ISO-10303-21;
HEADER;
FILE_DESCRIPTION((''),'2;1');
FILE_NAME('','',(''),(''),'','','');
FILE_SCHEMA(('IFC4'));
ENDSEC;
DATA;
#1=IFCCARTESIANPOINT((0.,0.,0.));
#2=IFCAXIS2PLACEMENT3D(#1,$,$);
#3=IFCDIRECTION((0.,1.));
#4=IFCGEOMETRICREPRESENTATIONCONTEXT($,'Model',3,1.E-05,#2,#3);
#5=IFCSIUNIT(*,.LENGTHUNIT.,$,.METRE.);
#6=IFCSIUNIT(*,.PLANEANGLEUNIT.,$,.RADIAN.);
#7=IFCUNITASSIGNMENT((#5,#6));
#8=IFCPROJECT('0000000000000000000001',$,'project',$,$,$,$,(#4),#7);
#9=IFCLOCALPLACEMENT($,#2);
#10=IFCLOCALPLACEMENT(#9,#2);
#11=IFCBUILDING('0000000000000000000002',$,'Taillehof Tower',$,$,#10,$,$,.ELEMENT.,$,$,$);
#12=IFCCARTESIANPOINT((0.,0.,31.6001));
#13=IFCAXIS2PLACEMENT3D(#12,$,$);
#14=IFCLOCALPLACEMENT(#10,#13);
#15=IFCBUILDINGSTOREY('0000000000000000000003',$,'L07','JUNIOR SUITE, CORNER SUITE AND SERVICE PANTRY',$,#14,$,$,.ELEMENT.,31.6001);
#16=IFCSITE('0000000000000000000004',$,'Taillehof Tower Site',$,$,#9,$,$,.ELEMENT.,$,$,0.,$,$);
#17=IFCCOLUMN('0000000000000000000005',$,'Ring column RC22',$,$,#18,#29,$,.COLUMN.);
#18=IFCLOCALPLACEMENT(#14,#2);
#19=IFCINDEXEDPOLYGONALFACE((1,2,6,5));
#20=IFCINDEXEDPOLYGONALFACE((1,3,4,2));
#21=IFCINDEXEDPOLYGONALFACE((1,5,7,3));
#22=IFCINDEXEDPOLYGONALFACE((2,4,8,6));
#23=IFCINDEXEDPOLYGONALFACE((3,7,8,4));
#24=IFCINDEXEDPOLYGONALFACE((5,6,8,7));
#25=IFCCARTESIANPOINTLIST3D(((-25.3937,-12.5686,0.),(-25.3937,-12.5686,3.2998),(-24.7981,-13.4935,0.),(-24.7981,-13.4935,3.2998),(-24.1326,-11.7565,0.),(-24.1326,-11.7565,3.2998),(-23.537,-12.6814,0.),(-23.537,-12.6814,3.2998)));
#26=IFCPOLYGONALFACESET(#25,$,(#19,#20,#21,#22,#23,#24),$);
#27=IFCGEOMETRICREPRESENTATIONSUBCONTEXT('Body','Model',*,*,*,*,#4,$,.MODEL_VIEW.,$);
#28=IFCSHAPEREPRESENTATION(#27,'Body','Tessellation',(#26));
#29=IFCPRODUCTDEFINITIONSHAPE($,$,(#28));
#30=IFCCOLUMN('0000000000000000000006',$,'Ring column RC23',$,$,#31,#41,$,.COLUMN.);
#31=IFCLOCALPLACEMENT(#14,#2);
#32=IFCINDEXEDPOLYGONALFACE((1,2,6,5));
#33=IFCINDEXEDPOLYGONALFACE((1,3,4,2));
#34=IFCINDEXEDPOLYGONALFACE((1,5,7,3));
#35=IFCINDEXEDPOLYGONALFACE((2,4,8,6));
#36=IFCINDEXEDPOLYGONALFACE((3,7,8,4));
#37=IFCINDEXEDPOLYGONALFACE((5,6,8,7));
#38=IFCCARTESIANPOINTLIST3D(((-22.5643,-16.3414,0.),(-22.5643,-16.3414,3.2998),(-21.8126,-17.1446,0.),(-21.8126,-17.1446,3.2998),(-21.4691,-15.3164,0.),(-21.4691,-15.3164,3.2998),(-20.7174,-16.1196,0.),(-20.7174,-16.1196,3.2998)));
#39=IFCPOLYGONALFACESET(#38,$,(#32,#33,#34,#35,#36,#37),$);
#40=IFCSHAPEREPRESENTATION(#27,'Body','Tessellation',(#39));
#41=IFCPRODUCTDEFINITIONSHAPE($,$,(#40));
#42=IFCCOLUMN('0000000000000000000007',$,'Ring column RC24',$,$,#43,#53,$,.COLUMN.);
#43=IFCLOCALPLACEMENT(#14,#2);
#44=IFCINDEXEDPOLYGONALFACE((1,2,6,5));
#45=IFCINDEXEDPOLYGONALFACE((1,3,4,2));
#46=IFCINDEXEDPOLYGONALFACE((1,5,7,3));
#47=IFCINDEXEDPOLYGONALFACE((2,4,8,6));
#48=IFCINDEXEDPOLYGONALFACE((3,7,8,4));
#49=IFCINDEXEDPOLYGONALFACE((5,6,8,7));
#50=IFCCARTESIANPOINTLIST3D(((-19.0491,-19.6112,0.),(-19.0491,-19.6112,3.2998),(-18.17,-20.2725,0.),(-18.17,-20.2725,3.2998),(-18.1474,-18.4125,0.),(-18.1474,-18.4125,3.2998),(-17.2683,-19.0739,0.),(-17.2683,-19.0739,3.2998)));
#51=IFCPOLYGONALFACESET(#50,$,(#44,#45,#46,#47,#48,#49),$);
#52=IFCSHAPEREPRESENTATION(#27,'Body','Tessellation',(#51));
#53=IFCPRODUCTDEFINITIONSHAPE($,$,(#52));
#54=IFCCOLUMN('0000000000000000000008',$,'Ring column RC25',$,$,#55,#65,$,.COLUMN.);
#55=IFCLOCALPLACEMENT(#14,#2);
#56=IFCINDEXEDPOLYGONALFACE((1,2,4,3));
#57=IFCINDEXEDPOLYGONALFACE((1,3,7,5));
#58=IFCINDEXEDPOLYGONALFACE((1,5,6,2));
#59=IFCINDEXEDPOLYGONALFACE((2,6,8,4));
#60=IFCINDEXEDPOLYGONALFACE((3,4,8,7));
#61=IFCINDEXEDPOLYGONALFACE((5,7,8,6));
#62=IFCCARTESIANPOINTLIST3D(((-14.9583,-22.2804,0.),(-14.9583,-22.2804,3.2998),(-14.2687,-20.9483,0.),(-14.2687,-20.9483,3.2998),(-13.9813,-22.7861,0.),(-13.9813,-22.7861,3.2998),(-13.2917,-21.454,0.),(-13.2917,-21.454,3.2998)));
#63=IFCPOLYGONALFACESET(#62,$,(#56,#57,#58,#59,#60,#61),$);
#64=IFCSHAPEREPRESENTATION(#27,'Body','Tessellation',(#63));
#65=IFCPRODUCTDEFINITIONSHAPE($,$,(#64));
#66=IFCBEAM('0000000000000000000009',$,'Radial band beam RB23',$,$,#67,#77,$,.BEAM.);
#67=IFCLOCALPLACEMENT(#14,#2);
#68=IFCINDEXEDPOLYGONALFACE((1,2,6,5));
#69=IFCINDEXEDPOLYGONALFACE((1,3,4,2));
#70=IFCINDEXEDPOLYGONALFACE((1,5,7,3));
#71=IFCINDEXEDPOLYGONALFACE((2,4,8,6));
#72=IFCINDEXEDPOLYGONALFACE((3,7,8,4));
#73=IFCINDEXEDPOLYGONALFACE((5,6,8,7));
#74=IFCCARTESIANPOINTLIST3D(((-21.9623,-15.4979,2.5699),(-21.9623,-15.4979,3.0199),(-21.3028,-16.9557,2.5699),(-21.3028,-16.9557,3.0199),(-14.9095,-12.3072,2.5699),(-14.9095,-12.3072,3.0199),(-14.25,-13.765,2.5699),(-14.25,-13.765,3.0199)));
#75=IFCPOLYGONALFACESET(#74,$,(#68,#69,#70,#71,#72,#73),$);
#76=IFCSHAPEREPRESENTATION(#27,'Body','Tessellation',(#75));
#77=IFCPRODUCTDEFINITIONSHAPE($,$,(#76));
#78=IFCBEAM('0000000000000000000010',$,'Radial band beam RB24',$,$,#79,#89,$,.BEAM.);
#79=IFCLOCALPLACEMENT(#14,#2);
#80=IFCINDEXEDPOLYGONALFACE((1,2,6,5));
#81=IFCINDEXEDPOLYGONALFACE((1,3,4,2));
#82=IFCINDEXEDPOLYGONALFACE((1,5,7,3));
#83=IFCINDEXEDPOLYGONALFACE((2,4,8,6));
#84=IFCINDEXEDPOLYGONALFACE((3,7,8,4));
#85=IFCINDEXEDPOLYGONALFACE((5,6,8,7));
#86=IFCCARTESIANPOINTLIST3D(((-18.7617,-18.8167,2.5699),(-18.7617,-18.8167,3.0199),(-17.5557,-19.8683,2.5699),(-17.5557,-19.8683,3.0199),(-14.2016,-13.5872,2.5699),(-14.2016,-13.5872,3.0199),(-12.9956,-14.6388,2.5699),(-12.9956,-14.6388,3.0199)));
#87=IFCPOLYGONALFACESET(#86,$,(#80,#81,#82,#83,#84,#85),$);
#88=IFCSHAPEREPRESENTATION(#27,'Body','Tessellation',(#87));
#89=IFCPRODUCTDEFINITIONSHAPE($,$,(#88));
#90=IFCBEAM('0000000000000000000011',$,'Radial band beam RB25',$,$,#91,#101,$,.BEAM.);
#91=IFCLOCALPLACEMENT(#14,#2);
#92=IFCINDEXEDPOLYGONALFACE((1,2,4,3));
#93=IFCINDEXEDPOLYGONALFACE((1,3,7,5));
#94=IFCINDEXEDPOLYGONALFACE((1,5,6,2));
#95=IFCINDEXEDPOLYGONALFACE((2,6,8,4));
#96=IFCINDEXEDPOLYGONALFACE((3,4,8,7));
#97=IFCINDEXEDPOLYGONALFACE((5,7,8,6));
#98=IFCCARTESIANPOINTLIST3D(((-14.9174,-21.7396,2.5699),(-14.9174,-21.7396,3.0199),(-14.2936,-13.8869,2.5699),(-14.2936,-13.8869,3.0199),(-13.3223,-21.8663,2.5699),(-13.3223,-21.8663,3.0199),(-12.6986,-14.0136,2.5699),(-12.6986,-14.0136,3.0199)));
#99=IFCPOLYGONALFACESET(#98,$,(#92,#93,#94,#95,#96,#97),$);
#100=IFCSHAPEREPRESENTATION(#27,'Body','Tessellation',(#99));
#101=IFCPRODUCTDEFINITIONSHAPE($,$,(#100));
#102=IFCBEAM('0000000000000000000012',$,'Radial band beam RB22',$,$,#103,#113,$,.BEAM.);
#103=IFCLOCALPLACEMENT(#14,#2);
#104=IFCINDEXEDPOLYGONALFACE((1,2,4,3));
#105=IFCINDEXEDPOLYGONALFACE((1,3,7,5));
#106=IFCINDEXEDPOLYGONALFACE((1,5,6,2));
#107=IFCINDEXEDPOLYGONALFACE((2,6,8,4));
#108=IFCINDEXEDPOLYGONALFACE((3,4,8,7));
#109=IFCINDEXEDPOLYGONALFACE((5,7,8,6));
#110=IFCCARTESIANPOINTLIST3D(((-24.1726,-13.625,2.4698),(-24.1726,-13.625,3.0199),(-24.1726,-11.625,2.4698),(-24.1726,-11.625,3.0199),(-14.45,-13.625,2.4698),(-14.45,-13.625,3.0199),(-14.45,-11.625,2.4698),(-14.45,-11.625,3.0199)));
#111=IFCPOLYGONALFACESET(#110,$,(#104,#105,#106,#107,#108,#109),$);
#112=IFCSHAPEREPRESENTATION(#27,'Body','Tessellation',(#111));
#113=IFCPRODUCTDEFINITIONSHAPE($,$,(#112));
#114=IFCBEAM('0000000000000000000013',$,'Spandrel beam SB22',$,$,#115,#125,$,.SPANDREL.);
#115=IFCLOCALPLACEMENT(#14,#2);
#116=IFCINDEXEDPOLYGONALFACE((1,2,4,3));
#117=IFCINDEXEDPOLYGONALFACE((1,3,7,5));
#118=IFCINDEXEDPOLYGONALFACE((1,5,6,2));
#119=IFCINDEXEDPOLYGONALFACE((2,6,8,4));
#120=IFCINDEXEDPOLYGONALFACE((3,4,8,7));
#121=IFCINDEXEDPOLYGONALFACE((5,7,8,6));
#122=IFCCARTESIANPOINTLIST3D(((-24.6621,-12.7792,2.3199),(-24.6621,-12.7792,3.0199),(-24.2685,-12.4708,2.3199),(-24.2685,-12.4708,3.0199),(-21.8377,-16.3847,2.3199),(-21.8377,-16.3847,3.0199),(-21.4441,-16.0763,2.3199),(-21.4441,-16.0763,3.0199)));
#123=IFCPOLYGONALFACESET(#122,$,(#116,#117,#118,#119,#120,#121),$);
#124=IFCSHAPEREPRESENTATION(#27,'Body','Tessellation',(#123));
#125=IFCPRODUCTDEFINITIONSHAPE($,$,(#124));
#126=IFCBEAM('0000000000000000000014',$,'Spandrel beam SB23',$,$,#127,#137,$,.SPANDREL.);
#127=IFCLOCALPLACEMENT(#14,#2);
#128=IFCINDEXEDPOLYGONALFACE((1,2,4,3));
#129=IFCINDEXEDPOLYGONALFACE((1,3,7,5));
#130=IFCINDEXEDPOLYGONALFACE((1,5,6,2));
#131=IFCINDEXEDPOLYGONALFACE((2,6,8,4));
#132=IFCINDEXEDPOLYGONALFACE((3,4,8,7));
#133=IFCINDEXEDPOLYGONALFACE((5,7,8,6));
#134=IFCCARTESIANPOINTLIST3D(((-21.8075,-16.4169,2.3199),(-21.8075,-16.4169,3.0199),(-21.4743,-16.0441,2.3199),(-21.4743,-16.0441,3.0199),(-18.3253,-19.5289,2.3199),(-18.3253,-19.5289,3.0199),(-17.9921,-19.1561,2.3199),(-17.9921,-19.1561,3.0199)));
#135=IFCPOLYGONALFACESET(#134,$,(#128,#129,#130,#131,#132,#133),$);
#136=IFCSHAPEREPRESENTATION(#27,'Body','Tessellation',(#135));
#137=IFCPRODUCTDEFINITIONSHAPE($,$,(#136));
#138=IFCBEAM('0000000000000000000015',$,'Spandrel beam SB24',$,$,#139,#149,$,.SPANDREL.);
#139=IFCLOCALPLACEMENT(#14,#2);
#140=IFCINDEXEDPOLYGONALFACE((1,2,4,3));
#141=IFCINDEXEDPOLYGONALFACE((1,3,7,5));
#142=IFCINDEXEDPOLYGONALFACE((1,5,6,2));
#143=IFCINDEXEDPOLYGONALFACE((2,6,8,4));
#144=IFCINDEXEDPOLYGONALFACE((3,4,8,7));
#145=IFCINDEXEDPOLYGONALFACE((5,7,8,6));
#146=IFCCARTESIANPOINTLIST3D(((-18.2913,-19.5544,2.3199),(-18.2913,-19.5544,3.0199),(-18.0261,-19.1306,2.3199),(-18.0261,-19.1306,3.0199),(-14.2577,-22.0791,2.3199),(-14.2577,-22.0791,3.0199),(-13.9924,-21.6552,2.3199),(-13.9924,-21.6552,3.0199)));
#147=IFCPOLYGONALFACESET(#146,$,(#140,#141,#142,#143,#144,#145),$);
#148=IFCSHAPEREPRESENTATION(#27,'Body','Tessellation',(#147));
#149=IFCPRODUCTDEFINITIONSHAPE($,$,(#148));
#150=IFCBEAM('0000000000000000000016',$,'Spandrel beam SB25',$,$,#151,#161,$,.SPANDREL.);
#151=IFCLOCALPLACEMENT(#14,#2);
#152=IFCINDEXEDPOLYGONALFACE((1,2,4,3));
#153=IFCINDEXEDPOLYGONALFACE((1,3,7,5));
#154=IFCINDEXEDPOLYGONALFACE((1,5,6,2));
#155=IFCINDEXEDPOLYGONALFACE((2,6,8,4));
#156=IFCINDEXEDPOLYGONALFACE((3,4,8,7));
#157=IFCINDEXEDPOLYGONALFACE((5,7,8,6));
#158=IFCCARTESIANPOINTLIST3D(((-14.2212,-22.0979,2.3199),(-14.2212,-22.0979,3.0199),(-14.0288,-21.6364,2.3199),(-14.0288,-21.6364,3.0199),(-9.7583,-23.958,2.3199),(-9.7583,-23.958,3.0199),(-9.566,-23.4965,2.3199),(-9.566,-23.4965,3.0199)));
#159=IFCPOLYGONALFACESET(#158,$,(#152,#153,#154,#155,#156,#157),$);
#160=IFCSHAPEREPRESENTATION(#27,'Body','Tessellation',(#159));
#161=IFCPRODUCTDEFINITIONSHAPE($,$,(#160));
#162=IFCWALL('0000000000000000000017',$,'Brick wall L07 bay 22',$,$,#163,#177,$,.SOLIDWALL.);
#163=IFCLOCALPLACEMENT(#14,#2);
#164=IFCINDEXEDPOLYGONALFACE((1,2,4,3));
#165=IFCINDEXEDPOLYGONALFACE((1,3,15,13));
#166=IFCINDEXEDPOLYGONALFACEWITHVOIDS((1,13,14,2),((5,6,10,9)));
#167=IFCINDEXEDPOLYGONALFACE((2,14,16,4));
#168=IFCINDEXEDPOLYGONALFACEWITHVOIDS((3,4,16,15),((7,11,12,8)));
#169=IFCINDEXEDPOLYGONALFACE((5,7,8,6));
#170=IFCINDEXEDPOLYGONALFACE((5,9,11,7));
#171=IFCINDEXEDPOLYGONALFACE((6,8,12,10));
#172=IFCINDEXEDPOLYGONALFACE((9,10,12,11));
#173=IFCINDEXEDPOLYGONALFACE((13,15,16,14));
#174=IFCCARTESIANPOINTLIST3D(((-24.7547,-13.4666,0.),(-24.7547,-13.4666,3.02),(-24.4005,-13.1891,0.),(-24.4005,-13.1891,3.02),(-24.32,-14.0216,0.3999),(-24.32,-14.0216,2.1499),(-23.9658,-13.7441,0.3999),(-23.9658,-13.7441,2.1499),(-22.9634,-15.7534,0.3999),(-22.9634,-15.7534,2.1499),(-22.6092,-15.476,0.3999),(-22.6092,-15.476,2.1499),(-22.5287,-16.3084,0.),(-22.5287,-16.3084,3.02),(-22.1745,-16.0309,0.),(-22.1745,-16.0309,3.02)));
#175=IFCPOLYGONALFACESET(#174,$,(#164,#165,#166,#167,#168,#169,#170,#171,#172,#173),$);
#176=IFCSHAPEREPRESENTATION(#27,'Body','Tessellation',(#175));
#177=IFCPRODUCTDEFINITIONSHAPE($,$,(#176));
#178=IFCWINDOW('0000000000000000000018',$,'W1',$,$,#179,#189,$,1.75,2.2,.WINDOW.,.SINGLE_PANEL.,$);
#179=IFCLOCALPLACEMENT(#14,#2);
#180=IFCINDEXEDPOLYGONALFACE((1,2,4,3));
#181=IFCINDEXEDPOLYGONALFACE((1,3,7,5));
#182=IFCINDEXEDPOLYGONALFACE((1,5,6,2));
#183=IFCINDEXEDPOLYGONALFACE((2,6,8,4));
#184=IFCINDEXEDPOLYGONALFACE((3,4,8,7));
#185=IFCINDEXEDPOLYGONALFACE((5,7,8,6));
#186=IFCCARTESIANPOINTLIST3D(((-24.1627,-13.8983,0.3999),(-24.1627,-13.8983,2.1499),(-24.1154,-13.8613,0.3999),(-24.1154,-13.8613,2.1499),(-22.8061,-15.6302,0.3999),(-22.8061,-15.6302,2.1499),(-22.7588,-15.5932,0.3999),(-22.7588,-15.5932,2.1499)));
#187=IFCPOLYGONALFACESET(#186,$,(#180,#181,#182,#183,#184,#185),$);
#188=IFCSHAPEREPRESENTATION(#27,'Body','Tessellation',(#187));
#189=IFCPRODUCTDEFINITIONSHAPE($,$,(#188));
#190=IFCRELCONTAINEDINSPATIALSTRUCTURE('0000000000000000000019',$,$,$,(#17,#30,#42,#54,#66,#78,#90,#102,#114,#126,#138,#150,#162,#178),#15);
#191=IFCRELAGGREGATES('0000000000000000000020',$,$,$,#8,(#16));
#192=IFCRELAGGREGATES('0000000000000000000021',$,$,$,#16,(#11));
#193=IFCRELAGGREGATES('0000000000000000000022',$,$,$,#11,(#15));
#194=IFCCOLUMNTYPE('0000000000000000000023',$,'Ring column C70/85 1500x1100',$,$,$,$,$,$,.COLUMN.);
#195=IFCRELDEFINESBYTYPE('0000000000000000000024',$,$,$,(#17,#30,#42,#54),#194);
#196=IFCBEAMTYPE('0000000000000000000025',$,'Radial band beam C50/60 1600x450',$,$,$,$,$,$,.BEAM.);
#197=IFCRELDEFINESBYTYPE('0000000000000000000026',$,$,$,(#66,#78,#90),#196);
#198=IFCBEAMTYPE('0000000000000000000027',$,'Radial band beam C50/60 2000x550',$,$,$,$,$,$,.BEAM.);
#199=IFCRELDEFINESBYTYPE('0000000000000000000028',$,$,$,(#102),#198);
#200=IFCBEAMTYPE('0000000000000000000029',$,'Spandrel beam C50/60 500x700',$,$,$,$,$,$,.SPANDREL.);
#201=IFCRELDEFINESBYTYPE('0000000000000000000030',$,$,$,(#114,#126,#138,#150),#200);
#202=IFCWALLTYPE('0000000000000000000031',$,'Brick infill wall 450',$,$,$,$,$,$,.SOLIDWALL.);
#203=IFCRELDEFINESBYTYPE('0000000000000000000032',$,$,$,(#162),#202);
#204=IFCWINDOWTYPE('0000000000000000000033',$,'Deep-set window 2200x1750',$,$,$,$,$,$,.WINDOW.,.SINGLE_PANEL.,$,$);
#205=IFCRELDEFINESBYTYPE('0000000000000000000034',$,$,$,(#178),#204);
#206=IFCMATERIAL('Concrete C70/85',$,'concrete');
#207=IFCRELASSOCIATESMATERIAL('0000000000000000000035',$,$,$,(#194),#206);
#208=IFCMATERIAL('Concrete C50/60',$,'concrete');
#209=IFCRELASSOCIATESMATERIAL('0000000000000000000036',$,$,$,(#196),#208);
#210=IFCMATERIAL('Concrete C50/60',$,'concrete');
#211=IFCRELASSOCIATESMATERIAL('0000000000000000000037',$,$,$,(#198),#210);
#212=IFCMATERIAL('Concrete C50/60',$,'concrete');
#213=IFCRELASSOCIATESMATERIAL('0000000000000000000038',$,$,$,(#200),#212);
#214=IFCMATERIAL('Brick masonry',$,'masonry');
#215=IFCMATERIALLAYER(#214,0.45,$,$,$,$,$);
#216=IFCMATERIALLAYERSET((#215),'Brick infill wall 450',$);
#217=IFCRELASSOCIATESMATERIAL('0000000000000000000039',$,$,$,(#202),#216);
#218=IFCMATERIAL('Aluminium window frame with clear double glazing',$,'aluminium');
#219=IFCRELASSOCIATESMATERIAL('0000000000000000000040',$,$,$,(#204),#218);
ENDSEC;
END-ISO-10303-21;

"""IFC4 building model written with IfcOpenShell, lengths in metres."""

from ifc_helpers import new_model, si_unit, direction, frame, frame_2d, origin, origin_2d, place, context, subcontext, project, spatial, rectangle, extrude, material, layer, layer_set, material_profile, profile_set, type_object, element, fill, save


model = new_model("IFC4")

# Units and contexts
model_context = context("Model", 3, precision=1e-05, world=origin(), true_north=direction((0.0, 1.0)))
body_context = subcontext(model_context, "Body", "Model", "MODEL_VIEW")
ifc_project = project(units=[si_unit("LENGTHUNIT", "METRE"), si_unit("PLANEANGLEUNIT", "RADIAN")], contexts=[model_context])

# Site, building, storey
site_placement = place(None, origin())
site = spatial("IfcSite", under=ifc_project, at=site_placement, Name="Taillehof Tower Site", CompositionType="ELEMENT", RefElevation=0.0)
building_placement = place(site_placement, origin())
building = spatial("IfcBuilding", under=site, at=building_placement, Name="Taillehof Tower", CompositionType="ELEMENT")
storey_placement = place(building_placement, frame((0.0, 0.0, 31.6001)))
storey = spatial("IfcBuildingStorey", under=building, at=storey_placement, Name="L07", Description="JUNIOR SUITE, CORNER SUITE AND SERVICE PANTRY", CompositionType="ELEMENT", Elevation=31.6001)

# Columns
ifc_material_1 = material(Name="Concrete C70/85", Category="concrete")
ifc_material_profile_1 = material_profile(ifc_material_1, rectangle(XDim=1.5, YDim=1.1001, at=origin_2d()), Name="RC 1500x1100")
ifc_profile_set_1 = profile_set([ifc_material_profile_1], Name="Concrete C70/85")
column_type = type_object("IfcColumnType", Name="Ring column C70/85 1500x1100", PredefinedType="COLUMN", material=ifc_profile_set_1)
for number, where, z_axis, x_axis, name in (
    (1, (-24.4653, -12.625, 0.0), (0.0, 0.0, 1.0), (-0.840754, -0.541418, 0.0), "Ring column RC22"),
    (2, (-21.6409, -16.2305, 0.0), (0.0, 0.0, 1.0), (-0.730113, -0.683326, 0.0), "Ring column RC23"),
    (3, (-18.1587, -19.3425, 0.0), (0.0, 0.0, 1.0), (-0.601174, -0.799118, 0.0), "Ring column RC24"),
    (4, (-14.125, -21.8672, 0.0), (0.0, 0.0, 1.0), (-0.459691, -0.888079, 0.0), "Ring column RC25"),
):
    element("IfcColumn", number, at=place(storey_placement, frame(where, z_axis=z_axis, x_axis=x_axis)), inside=storey, type_object=column_type, Name=name, PredefinedType="COLUMN", context=body_context, shape_type="SweptSolid", body=[
        extrude(rectangle(XDim=1.5, YDim=1.1001, at=origin_2d()), origin(), (0.0, 0.0, 1.0), 3.2998),
    ])

# Beams
ifc_material_2 = material(Name="Concrete C50/60", Category="concrete")
ifc_material_profile_2 = material_profile(ifc_material_2, rectangle(XDim=1.6001, YDim=0.45, at=origin_2d()), Name="RC 1600x450")
ifc_profile_set_2 = profile_set([ifc_material_profile_2], Name="Concrete C50/60")
beam_type_1 = type_object("IfcBeamType", Name="Radial band beam C50/60 1600x450", PredefinedType="BEAM", material=ifc_profile_set_2)
beam_1_placement = place(storey_placement, frame((-21.6326, -16.2268, 2.7949), z_axis=(0.911101, 0.412184, 0.0), x_axis=(-0.412184, 0.911101, 0.0)))
element("IfcBeam", 5, at=beam_1_placement, inside=storey, type_object=beam_type_1, Name="Radial band beam RB23", PredefinedType="BEAM", context=body_context, shape_type="SweptSolid", body=[
    extrude(rectangle(XDim=1.6001, YDim=0.45, at=origin_2d()), origin(), (0.0, 0.0, 1.0), 7.741),
])
beam_2_placement = place(storey_placement, frame((-18.1587, -19.3425, 2.7949), z_axis=(0.657218, 0.7537, 0.0), x_axis=(-0.7537, 0.657218, 0.0)))
element("IfcBeam", 6, at=beam_2_placement, inside=storey, type_object=beam_type_1, Name="Radial band beam RB24", PredefinedType="BEAM", context=body_context, shape_type="SweptSolid", body=[
    extrude(rectangle(XDim=1.6001, YDim=0.45, at=origin_2d()), origin(), (0.0, 0.0, 1.0), 6.9385),
])
beam_3_placement = place(storey_placement, frame((-14.1199, -21.803, 2.7949), z_axis=(0.079185, 0.99686, 0.0), x_axis=(-0.99686, 0.079185, 0.0)))
element("IfcBeam", 7, at=beam_3_placement, inside=storey, type_object=beam_type_1, Name="Radial band beam RB25", PredefinedType="BEAM", context=body_context, shape_type="SweptSolid", body=[
    extrude(rectangle(XDim=1.6001, YDim=0.45, at=origin_2d()), origin(), (0.0, 0.0, 1.0), 7.8774),
])
ifc_material_3 = material(Name="Concrete C50/60", Category="concrete")
ifc_material_profile_3 = material_profile(ifc_material_3, rectangle(XDim=2.0, YDim=0.55, at=origin_2d()), Name="RC 2000x550")
ifc_profile_set_3 = profile_set([ifc_material_profile_3], Name="Concrete C50/60")
beam_type_2 = type_object("IfcBeamType", Name="Radial band beam C50/60 2000x550", PredefinedType="BEAM", material=ifc_profile_set_3)
beam_4_placement = place(storey_placement, frame((-24.1726, -12.625, 2.7449), z_axis=(1.0, 0.0, 0.0), x_axis=(0.0, 1.0, 0.0)))
element("IfcBeam", 8, at=beam_4_placement, inside=storey, type_object=beam_type_2, Name="Radial band beam RB22", PredefinedType="BEAM", context=body_context, shape_type="SweptSolid", body=[
    extrude(rectangle(XDim=2.0, YDim=0.55, at=origin_2d()), origin(), (0.0, 0.0, 1.0), 9.7227),
])
ifc_material_4 = material(Name="Concrete C50/60", Category="concrete")
ifc_material_profile_4 = material_profile(ifc_material_4, rectangle(XDim=0.5, YDim=0.7, at=origin_2d()), Name="RC 500x700")
ifc_profile_set_4 = profile_set([ifc_material_profile_4], Name="Concrete C50/60")
beam_type_3 = type_object("IfcBeamType", Name="Spandrel beam C50/60 500x700", PredefinedType="SPANDREL", material=ifc_profile_set_4)
beam_5_placement = place(storey_placement, frame((-24.4653, -12.625, 2.6699), z_axis=(0.616686, -0.787209, 0.0), x_axis=(0.787209, 0.616686, 0.0)))
element("IfcBeam", 9, at=beam_5_placement, inside=storey, type_object=beam_type_3, Name="Spandrel beam SB22", PredefinedType="SPANDREL", context=body_context, shape_type="SweptSolid", body=[
    extrude(rectangle(XDim=0.5, YDim=0.7, at=origin_2d()), origin(), (0.0, 0.0, 1.0), 4.5801),
])
beam_6_placement = place(storey_placement, frame((-21.6409, -16.2305, 2.6699), z_axis=(0.745621, -0.66637, 0.0), x_axis=(0.66637, 0.745621, 0.0)))
element("IfcBeam", 10, at=beam_6_placement, inside=storey, type_object=beam_type_3, Name="Spandrel beam SB23", PredefinedType="SPANDREL", context=body_context, shape_type="SweptSolid", body=[
    extrude(rectangle(XDim=0.5, YDim=0.7, at=origin_2d()), origin(), (0.0, 0.0, 1.0), 4.6702),
])
beam_7_placement = place(storey_placement, frame((-18.1587, -19.3425, 2.6699), z_axis=(0.847658, -0.530543, 0.0), x_axis=(0.530543, 0.847658, 0.0)))
element("IfcBeam", 11, at=beam_7_placement, inside=storey, type_object=beam_type_3, Name="Spandrel beam SB24", PredefinedType="SPANDREL", context=body_context, shape_type="SweptSolid", body=[
    extrude(rectangle(XDim=0.5, YDim=0.7, at=origin_2d()), origin(), (0.0, 0.0, 1.0), 4.7585),
])
beam_8_placement = place(storey_placement, frame((-14.125, -21.8672, 2.6699), z_axis=(0.923035, -0.384716, 0.0), x_axis=(0.384716, 0.923035, 0.0)))
element("IfcBeam", 12, at=beam_8_placement, inside=storey, type_object=beam_type_3, Name="Spandrel beam SB25", PredefinedType="SPANDREL", context=body_context, shape_type="SweptSolid", body=[
    extrude(rectangle(XDim=0.5, YDim=0.7, at=origin_2d()), origin(), (0.0, 0.0, 1.0), 4.835),
])

# Wall, opening, window
ifc_material_5 = material(Name="Brick masonry", Category="masonry")
ifc_layer_1 = layer(ifc_material_5, 0.45)
ifc_layer_set_1 = layer_set([ifc_layer_1], Name="Brick infill wall 450")
wall_type_1 = type_object("IfcWallType", Name="Brick infill wall 450", PredefinedType="SOLIDWALL", material=ifc_layer_set_1)
wall_1_placement = place(storey_placement, frame((-24.5776, -13.3279, 0.0), z_axis=(0.0, 0.0, 1.0), x_axis=(0.616662, -0.787228, 0.0)))
wall_1 = element("IfcWall", 13, at=wall_1_placement, inside=storey, type_object=wall_type_1, Name="Brick wall L07 bay 22", PredefinedType="SOLIDWALL", context=body_context, shape_type="SweptSolid", body=[
    extrude(rectangle(XDim=3.6099, YDim=0.45, at=frame_2d((1.8049, 0.0))), origin(), (0.0, 0.0, 1.0), 3.02),
])
opening_1_placement = place(wall_1_placement, frame((0.7048, 0.0, 0.3999)))
opening_1 = element("IfcOpeningElement", 14, at=opening_1_placement, cuts=wall_1, PredefinedType="OPENING", context=body_context, shape_type="SweptSolid", body=[
    extrude(rectangle(XDim=2.2, YDim=1.75, at=frame_2d((1.1001, 0.875))), frame((0.0, 0.2349, 0.0), z_axis=(0.0, -1.0, 0.0), x_axis=(1.0, 0.0, 0.0)), (0.0, 0.0, 1.0), 0.47),
])
ifc_material_6 = material(Name="Aluminium window frame with clear double glazing", Category="aluminium")
window_type = type_object("IfcWindowType", Name="Deep-set window 2200x1750", PartitioningType="SINGLE_PANEL", PredefinedType="WINDOW", material=ifc_material_6)
window_1_placement = place(opening_1_placement, origin())
window_1 = element("IfcWindow", 15, at=window_1_placement, inside=storey, type_object=window_type, Name="W1", OverallHeight=1.75, OverallWidth=2.2, PartitioningType="SINGLE_PANEL", PredefinedType="WINDOW", context=body_context, shape_type="SweptSolid", body=[
    extrude(rectangle(XDim=2.2, YDim=1.75, at=frame_2d((1.1001, 0.875))), frame((0.0, 0.0349, 0.0), z_axis=(0.0, -1.0, 0.0), x_axis=(1.0, 0.0, 0.0)), (0.0, 0.0, 1.0), 0.0601),
])
fill(opening_1, window_1)

save(model, "model.ifc")
